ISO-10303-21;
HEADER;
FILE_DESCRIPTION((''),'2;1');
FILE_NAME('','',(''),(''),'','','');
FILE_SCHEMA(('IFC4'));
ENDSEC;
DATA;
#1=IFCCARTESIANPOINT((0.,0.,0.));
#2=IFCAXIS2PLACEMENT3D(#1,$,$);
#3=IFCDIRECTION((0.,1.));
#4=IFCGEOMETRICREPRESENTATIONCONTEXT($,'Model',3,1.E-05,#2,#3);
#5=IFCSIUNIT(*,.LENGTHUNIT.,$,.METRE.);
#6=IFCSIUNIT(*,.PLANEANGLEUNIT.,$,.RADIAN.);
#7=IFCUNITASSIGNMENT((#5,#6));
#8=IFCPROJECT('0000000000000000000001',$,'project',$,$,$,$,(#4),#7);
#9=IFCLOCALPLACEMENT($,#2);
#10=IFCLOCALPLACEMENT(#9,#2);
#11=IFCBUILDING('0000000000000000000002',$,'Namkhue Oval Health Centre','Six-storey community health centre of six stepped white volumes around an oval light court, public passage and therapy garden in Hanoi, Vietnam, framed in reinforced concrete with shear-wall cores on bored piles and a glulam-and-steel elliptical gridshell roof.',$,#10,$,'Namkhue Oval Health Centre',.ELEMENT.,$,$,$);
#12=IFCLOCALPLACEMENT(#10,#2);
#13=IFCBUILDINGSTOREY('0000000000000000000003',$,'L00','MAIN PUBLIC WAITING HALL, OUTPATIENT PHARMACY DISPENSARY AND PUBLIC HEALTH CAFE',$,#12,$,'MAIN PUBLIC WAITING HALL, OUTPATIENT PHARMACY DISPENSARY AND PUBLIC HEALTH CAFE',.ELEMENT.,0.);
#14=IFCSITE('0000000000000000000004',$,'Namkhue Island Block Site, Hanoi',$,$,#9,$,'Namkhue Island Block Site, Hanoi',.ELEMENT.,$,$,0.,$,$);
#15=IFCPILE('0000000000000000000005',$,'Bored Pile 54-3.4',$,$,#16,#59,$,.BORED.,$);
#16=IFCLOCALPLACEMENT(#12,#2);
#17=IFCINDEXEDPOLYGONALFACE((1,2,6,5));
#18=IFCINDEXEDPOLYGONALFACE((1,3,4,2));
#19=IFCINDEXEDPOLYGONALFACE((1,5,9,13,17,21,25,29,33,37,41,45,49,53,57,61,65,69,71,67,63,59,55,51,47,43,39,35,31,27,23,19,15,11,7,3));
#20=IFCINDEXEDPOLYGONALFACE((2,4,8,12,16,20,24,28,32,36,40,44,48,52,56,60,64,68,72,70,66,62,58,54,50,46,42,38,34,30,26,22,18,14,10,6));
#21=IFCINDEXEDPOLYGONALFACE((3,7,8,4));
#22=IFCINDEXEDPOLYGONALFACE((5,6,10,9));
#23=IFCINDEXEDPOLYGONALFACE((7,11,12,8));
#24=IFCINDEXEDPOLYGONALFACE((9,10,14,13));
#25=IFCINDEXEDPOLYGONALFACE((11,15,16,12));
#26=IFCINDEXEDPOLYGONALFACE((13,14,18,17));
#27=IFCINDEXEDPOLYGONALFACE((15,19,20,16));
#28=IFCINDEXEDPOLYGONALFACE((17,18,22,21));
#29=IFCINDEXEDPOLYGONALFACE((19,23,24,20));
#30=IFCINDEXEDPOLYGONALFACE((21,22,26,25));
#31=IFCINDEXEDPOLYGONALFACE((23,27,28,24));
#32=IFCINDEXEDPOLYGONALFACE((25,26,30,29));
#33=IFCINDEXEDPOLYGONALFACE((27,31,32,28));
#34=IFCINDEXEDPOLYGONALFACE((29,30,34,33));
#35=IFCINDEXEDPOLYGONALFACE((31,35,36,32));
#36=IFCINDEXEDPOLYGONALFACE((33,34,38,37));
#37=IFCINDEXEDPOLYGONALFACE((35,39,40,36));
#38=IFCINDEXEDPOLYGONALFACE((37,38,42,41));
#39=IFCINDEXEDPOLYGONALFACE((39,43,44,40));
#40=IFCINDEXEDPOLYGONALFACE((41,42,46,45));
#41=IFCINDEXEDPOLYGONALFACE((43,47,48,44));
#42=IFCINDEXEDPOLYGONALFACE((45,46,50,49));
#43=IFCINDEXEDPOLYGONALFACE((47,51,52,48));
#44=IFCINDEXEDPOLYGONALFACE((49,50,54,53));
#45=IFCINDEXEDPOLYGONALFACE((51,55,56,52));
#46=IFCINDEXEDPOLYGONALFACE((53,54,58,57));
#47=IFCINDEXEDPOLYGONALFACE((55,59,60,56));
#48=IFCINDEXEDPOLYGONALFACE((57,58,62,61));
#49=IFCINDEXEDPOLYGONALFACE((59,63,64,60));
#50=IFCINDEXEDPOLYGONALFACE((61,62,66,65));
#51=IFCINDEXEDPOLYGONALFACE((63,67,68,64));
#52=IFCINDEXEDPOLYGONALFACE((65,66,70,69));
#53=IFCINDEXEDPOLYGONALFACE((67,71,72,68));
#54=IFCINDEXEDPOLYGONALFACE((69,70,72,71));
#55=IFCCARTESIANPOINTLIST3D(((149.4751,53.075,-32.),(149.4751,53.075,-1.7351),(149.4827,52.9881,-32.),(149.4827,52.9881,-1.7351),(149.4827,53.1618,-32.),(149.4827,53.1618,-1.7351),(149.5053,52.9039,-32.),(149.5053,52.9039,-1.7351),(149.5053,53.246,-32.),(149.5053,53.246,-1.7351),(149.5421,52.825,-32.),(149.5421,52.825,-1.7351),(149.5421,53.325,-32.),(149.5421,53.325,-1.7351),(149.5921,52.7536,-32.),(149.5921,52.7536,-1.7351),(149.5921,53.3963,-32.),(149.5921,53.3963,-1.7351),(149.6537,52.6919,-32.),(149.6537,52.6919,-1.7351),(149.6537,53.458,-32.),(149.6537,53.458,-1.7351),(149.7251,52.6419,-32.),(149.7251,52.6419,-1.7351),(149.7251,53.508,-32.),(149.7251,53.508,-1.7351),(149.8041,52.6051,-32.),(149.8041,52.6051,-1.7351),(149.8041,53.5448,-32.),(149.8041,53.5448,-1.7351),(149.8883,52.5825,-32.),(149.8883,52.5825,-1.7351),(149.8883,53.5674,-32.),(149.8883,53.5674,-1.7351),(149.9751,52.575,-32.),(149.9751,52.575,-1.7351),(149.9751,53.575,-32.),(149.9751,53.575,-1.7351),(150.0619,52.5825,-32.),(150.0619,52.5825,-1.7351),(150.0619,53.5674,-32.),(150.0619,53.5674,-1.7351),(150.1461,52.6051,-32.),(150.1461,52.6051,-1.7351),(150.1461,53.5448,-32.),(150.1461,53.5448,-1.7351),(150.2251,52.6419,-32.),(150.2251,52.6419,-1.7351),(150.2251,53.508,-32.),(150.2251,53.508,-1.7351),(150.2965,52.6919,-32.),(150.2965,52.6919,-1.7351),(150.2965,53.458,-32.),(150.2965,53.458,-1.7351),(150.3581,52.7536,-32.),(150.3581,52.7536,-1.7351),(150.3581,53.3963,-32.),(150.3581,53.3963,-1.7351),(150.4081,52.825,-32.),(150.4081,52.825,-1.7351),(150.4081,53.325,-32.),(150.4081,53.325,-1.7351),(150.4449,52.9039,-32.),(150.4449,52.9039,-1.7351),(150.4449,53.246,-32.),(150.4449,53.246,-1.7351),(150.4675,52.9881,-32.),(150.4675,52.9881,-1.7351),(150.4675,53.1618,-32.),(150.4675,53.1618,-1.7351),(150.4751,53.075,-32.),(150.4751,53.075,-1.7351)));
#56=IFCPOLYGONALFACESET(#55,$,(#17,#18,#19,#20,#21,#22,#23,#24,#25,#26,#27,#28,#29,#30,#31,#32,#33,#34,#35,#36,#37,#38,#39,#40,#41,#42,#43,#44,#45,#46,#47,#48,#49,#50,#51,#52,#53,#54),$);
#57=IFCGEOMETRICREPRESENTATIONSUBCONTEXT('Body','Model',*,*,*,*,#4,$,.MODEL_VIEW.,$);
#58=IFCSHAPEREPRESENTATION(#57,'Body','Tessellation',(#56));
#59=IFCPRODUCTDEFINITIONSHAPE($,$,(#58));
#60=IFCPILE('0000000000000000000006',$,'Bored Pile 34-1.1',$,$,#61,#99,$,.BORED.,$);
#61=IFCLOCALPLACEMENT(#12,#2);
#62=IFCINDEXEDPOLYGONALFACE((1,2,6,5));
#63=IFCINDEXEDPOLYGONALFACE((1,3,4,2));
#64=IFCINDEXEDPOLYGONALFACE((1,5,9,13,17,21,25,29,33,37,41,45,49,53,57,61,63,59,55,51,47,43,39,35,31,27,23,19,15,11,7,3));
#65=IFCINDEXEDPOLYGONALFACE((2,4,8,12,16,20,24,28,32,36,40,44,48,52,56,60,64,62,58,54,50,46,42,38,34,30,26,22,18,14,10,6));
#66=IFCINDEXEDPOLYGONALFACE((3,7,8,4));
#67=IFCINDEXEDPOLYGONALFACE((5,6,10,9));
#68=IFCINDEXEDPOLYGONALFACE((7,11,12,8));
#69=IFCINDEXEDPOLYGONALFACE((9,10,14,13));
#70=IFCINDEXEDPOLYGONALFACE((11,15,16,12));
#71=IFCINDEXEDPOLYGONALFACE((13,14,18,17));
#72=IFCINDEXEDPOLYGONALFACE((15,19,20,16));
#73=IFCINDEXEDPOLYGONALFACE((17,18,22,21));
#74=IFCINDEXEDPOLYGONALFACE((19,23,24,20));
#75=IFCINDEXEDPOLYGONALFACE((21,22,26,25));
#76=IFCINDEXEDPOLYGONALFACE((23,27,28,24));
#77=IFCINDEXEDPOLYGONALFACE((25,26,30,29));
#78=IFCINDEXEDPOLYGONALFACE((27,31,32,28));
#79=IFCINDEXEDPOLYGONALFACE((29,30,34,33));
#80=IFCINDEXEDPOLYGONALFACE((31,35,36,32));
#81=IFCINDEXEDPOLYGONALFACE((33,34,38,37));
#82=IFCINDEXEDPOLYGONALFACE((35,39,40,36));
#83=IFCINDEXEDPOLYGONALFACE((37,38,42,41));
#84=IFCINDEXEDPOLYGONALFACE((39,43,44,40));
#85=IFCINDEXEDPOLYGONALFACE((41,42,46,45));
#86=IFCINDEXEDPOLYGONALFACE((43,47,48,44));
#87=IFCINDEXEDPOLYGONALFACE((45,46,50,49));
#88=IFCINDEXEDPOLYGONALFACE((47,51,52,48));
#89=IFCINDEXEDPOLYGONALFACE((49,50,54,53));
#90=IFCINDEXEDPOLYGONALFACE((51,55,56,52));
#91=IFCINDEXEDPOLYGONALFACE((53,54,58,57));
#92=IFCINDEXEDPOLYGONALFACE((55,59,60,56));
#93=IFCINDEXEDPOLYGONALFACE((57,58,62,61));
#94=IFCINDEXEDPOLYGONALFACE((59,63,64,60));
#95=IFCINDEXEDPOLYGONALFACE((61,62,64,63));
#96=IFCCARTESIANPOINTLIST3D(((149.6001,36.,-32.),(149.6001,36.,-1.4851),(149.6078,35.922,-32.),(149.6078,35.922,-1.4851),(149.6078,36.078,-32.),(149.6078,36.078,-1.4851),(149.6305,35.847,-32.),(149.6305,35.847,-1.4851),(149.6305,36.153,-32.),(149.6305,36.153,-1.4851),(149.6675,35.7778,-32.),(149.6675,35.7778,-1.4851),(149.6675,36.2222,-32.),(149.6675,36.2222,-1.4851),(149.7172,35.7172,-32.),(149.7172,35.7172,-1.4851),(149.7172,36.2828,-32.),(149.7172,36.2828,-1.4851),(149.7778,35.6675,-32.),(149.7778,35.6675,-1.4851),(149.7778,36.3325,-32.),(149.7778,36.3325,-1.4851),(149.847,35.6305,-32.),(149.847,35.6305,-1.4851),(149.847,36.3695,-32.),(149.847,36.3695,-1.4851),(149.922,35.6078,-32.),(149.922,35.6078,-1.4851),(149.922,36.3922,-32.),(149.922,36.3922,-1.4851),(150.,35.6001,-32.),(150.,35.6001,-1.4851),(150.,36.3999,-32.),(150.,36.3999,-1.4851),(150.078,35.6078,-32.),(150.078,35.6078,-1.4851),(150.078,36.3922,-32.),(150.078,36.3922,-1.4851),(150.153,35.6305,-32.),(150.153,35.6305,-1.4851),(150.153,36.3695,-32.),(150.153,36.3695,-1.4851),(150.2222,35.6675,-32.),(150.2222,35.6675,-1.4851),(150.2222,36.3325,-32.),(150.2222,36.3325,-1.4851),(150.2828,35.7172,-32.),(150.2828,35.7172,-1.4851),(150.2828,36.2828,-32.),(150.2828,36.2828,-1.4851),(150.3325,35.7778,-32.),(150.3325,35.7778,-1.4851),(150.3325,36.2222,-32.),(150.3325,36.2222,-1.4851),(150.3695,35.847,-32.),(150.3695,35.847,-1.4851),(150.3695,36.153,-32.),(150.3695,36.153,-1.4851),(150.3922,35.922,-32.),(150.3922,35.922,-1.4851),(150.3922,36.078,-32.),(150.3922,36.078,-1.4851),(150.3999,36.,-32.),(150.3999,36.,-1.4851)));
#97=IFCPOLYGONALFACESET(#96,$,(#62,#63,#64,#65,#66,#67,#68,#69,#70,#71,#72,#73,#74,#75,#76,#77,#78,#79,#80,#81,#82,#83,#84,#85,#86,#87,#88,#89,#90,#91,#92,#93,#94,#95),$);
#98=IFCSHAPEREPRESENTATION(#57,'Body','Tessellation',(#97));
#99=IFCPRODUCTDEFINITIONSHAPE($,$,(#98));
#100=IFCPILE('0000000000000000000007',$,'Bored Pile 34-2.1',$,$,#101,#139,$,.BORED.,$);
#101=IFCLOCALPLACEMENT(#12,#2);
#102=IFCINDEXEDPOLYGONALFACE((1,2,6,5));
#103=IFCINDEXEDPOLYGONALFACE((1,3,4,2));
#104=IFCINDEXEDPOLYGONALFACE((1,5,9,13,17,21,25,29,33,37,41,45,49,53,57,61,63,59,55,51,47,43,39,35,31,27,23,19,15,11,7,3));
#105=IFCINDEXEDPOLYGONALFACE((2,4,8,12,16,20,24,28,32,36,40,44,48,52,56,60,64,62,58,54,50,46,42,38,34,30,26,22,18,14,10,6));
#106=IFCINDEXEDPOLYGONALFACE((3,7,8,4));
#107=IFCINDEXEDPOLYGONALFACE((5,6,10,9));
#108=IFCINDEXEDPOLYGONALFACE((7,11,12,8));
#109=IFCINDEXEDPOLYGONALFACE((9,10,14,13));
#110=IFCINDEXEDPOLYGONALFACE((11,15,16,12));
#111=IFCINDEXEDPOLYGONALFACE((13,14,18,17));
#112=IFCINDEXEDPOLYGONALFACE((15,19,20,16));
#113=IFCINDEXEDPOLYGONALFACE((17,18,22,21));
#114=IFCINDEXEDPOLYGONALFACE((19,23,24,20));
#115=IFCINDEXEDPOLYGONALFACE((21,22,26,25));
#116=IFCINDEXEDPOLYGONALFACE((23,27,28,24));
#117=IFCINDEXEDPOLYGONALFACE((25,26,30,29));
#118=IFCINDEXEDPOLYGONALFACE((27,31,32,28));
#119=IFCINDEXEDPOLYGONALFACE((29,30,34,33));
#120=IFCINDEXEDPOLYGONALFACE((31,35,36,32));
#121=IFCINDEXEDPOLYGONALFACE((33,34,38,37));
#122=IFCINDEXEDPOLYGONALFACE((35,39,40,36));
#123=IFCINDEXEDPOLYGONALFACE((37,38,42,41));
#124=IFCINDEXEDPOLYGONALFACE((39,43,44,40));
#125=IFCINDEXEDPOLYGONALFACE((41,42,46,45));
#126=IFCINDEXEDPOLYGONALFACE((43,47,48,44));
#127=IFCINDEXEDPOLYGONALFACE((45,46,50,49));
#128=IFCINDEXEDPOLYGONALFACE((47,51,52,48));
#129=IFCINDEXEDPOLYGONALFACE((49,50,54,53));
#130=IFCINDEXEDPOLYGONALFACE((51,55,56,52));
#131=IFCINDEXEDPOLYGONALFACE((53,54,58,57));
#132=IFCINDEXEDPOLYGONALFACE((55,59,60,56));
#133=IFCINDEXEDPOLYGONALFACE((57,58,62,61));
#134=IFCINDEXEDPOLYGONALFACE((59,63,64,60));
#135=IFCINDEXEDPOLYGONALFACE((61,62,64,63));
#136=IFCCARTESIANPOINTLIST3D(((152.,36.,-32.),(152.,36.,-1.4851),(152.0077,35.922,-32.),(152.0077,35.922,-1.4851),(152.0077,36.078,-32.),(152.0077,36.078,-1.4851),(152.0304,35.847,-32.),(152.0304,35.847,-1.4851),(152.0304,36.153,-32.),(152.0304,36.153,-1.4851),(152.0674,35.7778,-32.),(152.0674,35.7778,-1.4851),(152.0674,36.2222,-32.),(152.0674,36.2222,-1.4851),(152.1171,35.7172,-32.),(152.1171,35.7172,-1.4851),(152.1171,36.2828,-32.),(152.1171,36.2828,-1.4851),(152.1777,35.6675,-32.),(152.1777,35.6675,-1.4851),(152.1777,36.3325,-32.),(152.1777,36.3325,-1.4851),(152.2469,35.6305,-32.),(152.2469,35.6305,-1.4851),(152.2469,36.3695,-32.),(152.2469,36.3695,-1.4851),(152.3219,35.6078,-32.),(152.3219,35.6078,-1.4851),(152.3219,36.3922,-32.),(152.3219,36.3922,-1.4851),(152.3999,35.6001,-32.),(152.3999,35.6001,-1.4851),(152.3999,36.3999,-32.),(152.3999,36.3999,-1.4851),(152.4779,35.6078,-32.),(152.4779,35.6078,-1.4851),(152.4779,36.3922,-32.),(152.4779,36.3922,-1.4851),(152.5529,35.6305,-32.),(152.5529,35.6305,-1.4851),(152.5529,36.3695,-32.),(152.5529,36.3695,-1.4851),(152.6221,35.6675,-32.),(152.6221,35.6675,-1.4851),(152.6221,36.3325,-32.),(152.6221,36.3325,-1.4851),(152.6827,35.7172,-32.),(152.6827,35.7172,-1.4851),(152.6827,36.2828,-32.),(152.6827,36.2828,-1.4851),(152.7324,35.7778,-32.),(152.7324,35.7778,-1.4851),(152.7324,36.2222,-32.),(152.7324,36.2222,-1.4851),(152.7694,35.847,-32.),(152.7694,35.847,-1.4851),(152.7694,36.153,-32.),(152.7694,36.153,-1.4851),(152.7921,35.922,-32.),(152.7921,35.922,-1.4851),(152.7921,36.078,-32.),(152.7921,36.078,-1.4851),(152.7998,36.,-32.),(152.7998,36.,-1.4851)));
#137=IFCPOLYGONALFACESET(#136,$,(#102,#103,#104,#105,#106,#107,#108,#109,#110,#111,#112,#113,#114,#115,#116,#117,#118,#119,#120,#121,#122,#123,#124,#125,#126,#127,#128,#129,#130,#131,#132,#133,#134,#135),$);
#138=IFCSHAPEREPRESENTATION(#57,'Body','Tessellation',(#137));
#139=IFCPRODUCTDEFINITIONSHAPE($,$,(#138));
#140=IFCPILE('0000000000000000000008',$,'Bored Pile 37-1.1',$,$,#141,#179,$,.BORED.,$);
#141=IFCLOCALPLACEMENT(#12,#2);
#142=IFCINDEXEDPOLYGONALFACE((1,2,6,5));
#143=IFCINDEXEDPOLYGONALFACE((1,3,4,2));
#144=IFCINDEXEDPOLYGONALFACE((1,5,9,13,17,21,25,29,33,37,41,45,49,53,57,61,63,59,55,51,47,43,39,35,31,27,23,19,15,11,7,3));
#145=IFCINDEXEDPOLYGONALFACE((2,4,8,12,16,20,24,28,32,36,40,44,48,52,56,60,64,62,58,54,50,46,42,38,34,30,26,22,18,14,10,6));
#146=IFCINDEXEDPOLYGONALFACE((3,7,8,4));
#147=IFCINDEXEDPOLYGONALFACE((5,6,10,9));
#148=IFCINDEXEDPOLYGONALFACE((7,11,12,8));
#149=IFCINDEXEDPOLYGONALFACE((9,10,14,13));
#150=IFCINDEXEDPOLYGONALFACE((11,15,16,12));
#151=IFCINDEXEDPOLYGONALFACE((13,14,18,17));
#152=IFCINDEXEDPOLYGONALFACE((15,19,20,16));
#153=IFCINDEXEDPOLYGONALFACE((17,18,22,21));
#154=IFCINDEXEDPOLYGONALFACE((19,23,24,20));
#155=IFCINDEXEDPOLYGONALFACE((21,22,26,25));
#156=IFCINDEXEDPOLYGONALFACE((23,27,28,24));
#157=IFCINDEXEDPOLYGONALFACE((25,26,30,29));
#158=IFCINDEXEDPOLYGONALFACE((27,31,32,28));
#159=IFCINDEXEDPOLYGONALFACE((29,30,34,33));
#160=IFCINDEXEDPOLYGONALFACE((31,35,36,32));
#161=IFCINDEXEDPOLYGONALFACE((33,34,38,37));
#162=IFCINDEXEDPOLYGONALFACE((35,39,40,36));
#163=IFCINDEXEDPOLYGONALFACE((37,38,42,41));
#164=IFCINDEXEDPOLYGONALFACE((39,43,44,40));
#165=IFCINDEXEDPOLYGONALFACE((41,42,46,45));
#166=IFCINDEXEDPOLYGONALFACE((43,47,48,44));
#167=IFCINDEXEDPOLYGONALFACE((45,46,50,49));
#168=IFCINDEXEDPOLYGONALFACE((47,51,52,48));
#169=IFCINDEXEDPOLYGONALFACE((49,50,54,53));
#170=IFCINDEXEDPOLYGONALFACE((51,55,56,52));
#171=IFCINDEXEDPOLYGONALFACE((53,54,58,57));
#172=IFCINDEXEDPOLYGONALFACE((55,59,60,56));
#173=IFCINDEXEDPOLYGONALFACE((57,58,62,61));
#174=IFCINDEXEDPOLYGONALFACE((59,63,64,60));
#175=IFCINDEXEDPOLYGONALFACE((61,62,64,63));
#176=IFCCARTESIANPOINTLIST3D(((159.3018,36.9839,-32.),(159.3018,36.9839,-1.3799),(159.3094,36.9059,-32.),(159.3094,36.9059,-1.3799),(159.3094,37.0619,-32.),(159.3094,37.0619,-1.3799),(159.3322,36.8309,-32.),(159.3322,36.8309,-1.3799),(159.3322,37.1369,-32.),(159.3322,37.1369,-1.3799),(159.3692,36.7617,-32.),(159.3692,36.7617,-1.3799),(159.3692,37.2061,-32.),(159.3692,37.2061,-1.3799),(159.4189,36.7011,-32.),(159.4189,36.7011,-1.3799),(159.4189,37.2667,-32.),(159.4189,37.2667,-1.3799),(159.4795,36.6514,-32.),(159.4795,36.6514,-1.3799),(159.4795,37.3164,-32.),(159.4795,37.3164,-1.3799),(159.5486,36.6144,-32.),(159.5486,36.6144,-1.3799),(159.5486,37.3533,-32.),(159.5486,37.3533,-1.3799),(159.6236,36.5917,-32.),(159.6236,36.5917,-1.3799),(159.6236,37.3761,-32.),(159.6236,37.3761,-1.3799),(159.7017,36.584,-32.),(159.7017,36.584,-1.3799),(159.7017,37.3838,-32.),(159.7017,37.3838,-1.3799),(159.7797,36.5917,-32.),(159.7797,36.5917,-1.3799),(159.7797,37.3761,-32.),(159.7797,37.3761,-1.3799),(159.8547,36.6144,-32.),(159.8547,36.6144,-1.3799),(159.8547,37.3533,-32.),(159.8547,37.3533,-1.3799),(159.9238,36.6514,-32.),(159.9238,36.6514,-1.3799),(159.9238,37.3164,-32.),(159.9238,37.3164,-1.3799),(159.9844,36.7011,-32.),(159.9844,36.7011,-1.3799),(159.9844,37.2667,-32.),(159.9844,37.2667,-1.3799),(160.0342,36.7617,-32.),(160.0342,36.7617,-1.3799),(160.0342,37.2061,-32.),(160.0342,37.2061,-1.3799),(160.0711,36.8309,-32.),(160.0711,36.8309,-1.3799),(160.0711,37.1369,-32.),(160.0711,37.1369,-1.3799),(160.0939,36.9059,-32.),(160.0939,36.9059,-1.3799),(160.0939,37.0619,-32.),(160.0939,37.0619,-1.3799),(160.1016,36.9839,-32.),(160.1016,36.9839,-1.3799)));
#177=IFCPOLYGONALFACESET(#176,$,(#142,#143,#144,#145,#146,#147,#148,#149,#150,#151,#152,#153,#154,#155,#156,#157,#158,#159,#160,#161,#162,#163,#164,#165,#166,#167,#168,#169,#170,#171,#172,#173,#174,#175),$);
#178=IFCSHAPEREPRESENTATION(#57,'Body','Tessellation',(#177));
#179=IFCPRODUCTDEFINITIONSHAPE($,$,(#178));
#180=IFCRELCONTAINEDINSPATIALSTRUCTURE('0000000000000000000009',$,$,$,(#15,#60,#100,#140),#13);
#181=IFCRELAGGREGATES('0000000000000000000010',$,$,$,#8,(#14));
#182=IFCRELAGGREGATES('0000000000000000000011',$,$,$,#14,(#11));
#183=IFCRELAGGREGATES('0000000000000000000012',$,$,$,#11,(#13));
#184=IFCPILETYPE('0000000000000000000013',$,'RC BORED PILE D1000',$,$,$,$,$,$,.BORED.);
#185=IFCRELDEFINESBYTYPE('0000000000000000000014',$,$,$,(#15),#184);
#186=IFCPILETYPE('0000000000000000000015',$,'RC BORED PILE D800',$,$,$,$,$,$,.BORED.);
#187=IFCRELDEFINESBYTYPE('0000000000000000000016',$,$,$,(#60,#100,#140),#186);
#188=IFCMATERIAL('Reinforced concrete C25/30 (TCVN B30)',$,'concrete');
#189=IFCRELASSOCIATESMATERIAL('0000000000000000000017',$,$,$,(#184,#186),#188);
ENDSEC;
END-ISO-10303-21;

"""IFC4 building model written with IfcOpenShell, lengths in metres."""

from ifc_helpers import new_model, si_unit, direction, frame, origin, origin_2d, place, context, subcontext, project, spatial, circle, extrude, material, material_profile, profile_set, type_object, element, save


model = new_model("IFC4")

# Units and contexts
model_context = context("Model", 3, precision=1e-05, world=origin(), true_north=direction((0.0, 1.0)))
body_context = subcontext(model_context, "Body", "Model", "MODEL_VIEW")
ifc_project = project(units=[si_unit("LENGTHUNIT", "METRE"), si_unit("PLANEANGLEUNIT", "RADIAN")], contexts=[model_context])

# Site, building, storey
site_placement = place(None, origin())
site = spatial("IfcSite", under=ifc_project, at=site_placement, Name="Namkhue Island Block Site, Hanoi", LongName="Namkhue Island Block Site, Hanoi", CompositionType="ELEMENT", RefElevation=0.0)
building_placement = place(site_placement, origin())
building = spatial("IfcBuilding", under=site, at=building_placement, Name="Namkhue Oval Health Centre", Description="Six-storey community health centre of six stepped white volumes around an oval light court, public passage and therapy garden in Hanoi, Vietnam, framed in reinforced concrete with shear-wall cores on bored piles and a glulam-and-steel elliptical gridshell roof.", LongName="Namkhue Oval Health Centre", CompositionType="ELEMENT")
storey_placement = place(building_placement, origin())
storey = spatial("IfcBuildingStorey", under=building, at=storey_placement, Name="L00", Description="MAIN PUBLIC WAITING HALL, OUTPATIENT PHARMACY DISPENSARY AND PUBLIC HEALTH CAFE", LongName="MAIN PUBLIC WAITING HALL, OUTPATIENT PHARMACY DISPENSARY AND PUBLIC HEALTH CAFE", CompositionType="ELEMENT", Elevation=0.0)

# Piles
ifc_material_1 = material(Name="Reinforced concrete C25/30 (TCVN B30)", Category="concrete")
ifc_material_profile_1 = material_profile(ifc_material_1, circle(Radius=0.5, at=origin_2d()), Name="BORED PILE D1000")
ifc_profile_set_1 = profile_set([ifc_material_profile_1], Name="Reinforced concrete C25/30 (TCVN B30)")
pile_type_1 = type_object("IfcPileType", Name="RC BORED PILE D1000", PredefinedType="BORED", material=ifc_profile_set_1)
for number, where, z_axis, x_axis, name in (
    (1, (149.9751, 53.075, -1.7351), (0.0, 0.0, -1.0), (1.0, 0.0, 0.0), "Bored Pile 54-3.4"),
):
    element("IfcPile", number, at=place(storey_placement, frame(where, z_axis=z_axis, x_axis=x_axis)), inside=storey, type_object=pile_type_1, Name=name, PredefinedType="BORED", context=body_context, shape_type="SweptSolid", body=[
        extrude(circle(Radius=0.5, at=origin_2d()), origin(), (0.0, 0.0, 1.0), 30.2649),
    ])
ifc_material_profile_2 = material_profile(ifc_material_1, circle(Radius=0.3999, at=origin_2d()), Name="BORED PILE D800")
ifc_profile_set_2 = profile_set([ifc_material_profile_2], Name="Reinforced concrete C25/30 (TCVN B30)")
pile_type_2 = type_object("IfcPileType", Name="RC BORED PILE D800", PredefinedType="BORED", material=ifc_profile_set_2)
for number, where, z_axis, x_axis, name in (
    (2, (150.0, 36.0, -1.4851), (0.0, 0.0, -1.0), (1.0, 0.0, 0.0), "Bored Pile 34-1.1"),
    (3, (152.3999, 36.0, -1.4851), (0.0, 0.0, -1.0), (1.0, 0.0, 0.0), "Bored Pile 34-2.1"),
):
    element("IfcPile", number, at=place(storey_placement, frame(where, z_axis=z_axis, x_axis=x_axis)), inside=storey, type_object=pile_type_2, Name=name, PredefinedType="BORED", context=body_context, shape_type="SweptSolid", body=[
        extrude(circle(Radius=0.3999, at=origin_2d()), origin(), (0.0, 0.0, 1.0), 30.5149),
    ])
for number, where, z_axis, x_axis, name in (
    (4, (159.7017, 36.9839, -1.3799), (0.0, 0.0, -1.0), (1.0, 0.0, 0.0), "Bored Pile 37-1.1"),
):
    element("IfcPile", number, at=place(storey_placement, frame(where, z_axis=z_axis, x_axis=x_axis)), inside=storey, type_object=pile_type_2, Name=name, PredefinedType="BORED", context=body_context, shape_type="SweptSolid", body=[
        extrude(circle(Radius=0.3999, at=origin_2d()), origin(), (0.0, 0.0, 1.0), 30.6201),
    ])

save(model, "model.ifc")
